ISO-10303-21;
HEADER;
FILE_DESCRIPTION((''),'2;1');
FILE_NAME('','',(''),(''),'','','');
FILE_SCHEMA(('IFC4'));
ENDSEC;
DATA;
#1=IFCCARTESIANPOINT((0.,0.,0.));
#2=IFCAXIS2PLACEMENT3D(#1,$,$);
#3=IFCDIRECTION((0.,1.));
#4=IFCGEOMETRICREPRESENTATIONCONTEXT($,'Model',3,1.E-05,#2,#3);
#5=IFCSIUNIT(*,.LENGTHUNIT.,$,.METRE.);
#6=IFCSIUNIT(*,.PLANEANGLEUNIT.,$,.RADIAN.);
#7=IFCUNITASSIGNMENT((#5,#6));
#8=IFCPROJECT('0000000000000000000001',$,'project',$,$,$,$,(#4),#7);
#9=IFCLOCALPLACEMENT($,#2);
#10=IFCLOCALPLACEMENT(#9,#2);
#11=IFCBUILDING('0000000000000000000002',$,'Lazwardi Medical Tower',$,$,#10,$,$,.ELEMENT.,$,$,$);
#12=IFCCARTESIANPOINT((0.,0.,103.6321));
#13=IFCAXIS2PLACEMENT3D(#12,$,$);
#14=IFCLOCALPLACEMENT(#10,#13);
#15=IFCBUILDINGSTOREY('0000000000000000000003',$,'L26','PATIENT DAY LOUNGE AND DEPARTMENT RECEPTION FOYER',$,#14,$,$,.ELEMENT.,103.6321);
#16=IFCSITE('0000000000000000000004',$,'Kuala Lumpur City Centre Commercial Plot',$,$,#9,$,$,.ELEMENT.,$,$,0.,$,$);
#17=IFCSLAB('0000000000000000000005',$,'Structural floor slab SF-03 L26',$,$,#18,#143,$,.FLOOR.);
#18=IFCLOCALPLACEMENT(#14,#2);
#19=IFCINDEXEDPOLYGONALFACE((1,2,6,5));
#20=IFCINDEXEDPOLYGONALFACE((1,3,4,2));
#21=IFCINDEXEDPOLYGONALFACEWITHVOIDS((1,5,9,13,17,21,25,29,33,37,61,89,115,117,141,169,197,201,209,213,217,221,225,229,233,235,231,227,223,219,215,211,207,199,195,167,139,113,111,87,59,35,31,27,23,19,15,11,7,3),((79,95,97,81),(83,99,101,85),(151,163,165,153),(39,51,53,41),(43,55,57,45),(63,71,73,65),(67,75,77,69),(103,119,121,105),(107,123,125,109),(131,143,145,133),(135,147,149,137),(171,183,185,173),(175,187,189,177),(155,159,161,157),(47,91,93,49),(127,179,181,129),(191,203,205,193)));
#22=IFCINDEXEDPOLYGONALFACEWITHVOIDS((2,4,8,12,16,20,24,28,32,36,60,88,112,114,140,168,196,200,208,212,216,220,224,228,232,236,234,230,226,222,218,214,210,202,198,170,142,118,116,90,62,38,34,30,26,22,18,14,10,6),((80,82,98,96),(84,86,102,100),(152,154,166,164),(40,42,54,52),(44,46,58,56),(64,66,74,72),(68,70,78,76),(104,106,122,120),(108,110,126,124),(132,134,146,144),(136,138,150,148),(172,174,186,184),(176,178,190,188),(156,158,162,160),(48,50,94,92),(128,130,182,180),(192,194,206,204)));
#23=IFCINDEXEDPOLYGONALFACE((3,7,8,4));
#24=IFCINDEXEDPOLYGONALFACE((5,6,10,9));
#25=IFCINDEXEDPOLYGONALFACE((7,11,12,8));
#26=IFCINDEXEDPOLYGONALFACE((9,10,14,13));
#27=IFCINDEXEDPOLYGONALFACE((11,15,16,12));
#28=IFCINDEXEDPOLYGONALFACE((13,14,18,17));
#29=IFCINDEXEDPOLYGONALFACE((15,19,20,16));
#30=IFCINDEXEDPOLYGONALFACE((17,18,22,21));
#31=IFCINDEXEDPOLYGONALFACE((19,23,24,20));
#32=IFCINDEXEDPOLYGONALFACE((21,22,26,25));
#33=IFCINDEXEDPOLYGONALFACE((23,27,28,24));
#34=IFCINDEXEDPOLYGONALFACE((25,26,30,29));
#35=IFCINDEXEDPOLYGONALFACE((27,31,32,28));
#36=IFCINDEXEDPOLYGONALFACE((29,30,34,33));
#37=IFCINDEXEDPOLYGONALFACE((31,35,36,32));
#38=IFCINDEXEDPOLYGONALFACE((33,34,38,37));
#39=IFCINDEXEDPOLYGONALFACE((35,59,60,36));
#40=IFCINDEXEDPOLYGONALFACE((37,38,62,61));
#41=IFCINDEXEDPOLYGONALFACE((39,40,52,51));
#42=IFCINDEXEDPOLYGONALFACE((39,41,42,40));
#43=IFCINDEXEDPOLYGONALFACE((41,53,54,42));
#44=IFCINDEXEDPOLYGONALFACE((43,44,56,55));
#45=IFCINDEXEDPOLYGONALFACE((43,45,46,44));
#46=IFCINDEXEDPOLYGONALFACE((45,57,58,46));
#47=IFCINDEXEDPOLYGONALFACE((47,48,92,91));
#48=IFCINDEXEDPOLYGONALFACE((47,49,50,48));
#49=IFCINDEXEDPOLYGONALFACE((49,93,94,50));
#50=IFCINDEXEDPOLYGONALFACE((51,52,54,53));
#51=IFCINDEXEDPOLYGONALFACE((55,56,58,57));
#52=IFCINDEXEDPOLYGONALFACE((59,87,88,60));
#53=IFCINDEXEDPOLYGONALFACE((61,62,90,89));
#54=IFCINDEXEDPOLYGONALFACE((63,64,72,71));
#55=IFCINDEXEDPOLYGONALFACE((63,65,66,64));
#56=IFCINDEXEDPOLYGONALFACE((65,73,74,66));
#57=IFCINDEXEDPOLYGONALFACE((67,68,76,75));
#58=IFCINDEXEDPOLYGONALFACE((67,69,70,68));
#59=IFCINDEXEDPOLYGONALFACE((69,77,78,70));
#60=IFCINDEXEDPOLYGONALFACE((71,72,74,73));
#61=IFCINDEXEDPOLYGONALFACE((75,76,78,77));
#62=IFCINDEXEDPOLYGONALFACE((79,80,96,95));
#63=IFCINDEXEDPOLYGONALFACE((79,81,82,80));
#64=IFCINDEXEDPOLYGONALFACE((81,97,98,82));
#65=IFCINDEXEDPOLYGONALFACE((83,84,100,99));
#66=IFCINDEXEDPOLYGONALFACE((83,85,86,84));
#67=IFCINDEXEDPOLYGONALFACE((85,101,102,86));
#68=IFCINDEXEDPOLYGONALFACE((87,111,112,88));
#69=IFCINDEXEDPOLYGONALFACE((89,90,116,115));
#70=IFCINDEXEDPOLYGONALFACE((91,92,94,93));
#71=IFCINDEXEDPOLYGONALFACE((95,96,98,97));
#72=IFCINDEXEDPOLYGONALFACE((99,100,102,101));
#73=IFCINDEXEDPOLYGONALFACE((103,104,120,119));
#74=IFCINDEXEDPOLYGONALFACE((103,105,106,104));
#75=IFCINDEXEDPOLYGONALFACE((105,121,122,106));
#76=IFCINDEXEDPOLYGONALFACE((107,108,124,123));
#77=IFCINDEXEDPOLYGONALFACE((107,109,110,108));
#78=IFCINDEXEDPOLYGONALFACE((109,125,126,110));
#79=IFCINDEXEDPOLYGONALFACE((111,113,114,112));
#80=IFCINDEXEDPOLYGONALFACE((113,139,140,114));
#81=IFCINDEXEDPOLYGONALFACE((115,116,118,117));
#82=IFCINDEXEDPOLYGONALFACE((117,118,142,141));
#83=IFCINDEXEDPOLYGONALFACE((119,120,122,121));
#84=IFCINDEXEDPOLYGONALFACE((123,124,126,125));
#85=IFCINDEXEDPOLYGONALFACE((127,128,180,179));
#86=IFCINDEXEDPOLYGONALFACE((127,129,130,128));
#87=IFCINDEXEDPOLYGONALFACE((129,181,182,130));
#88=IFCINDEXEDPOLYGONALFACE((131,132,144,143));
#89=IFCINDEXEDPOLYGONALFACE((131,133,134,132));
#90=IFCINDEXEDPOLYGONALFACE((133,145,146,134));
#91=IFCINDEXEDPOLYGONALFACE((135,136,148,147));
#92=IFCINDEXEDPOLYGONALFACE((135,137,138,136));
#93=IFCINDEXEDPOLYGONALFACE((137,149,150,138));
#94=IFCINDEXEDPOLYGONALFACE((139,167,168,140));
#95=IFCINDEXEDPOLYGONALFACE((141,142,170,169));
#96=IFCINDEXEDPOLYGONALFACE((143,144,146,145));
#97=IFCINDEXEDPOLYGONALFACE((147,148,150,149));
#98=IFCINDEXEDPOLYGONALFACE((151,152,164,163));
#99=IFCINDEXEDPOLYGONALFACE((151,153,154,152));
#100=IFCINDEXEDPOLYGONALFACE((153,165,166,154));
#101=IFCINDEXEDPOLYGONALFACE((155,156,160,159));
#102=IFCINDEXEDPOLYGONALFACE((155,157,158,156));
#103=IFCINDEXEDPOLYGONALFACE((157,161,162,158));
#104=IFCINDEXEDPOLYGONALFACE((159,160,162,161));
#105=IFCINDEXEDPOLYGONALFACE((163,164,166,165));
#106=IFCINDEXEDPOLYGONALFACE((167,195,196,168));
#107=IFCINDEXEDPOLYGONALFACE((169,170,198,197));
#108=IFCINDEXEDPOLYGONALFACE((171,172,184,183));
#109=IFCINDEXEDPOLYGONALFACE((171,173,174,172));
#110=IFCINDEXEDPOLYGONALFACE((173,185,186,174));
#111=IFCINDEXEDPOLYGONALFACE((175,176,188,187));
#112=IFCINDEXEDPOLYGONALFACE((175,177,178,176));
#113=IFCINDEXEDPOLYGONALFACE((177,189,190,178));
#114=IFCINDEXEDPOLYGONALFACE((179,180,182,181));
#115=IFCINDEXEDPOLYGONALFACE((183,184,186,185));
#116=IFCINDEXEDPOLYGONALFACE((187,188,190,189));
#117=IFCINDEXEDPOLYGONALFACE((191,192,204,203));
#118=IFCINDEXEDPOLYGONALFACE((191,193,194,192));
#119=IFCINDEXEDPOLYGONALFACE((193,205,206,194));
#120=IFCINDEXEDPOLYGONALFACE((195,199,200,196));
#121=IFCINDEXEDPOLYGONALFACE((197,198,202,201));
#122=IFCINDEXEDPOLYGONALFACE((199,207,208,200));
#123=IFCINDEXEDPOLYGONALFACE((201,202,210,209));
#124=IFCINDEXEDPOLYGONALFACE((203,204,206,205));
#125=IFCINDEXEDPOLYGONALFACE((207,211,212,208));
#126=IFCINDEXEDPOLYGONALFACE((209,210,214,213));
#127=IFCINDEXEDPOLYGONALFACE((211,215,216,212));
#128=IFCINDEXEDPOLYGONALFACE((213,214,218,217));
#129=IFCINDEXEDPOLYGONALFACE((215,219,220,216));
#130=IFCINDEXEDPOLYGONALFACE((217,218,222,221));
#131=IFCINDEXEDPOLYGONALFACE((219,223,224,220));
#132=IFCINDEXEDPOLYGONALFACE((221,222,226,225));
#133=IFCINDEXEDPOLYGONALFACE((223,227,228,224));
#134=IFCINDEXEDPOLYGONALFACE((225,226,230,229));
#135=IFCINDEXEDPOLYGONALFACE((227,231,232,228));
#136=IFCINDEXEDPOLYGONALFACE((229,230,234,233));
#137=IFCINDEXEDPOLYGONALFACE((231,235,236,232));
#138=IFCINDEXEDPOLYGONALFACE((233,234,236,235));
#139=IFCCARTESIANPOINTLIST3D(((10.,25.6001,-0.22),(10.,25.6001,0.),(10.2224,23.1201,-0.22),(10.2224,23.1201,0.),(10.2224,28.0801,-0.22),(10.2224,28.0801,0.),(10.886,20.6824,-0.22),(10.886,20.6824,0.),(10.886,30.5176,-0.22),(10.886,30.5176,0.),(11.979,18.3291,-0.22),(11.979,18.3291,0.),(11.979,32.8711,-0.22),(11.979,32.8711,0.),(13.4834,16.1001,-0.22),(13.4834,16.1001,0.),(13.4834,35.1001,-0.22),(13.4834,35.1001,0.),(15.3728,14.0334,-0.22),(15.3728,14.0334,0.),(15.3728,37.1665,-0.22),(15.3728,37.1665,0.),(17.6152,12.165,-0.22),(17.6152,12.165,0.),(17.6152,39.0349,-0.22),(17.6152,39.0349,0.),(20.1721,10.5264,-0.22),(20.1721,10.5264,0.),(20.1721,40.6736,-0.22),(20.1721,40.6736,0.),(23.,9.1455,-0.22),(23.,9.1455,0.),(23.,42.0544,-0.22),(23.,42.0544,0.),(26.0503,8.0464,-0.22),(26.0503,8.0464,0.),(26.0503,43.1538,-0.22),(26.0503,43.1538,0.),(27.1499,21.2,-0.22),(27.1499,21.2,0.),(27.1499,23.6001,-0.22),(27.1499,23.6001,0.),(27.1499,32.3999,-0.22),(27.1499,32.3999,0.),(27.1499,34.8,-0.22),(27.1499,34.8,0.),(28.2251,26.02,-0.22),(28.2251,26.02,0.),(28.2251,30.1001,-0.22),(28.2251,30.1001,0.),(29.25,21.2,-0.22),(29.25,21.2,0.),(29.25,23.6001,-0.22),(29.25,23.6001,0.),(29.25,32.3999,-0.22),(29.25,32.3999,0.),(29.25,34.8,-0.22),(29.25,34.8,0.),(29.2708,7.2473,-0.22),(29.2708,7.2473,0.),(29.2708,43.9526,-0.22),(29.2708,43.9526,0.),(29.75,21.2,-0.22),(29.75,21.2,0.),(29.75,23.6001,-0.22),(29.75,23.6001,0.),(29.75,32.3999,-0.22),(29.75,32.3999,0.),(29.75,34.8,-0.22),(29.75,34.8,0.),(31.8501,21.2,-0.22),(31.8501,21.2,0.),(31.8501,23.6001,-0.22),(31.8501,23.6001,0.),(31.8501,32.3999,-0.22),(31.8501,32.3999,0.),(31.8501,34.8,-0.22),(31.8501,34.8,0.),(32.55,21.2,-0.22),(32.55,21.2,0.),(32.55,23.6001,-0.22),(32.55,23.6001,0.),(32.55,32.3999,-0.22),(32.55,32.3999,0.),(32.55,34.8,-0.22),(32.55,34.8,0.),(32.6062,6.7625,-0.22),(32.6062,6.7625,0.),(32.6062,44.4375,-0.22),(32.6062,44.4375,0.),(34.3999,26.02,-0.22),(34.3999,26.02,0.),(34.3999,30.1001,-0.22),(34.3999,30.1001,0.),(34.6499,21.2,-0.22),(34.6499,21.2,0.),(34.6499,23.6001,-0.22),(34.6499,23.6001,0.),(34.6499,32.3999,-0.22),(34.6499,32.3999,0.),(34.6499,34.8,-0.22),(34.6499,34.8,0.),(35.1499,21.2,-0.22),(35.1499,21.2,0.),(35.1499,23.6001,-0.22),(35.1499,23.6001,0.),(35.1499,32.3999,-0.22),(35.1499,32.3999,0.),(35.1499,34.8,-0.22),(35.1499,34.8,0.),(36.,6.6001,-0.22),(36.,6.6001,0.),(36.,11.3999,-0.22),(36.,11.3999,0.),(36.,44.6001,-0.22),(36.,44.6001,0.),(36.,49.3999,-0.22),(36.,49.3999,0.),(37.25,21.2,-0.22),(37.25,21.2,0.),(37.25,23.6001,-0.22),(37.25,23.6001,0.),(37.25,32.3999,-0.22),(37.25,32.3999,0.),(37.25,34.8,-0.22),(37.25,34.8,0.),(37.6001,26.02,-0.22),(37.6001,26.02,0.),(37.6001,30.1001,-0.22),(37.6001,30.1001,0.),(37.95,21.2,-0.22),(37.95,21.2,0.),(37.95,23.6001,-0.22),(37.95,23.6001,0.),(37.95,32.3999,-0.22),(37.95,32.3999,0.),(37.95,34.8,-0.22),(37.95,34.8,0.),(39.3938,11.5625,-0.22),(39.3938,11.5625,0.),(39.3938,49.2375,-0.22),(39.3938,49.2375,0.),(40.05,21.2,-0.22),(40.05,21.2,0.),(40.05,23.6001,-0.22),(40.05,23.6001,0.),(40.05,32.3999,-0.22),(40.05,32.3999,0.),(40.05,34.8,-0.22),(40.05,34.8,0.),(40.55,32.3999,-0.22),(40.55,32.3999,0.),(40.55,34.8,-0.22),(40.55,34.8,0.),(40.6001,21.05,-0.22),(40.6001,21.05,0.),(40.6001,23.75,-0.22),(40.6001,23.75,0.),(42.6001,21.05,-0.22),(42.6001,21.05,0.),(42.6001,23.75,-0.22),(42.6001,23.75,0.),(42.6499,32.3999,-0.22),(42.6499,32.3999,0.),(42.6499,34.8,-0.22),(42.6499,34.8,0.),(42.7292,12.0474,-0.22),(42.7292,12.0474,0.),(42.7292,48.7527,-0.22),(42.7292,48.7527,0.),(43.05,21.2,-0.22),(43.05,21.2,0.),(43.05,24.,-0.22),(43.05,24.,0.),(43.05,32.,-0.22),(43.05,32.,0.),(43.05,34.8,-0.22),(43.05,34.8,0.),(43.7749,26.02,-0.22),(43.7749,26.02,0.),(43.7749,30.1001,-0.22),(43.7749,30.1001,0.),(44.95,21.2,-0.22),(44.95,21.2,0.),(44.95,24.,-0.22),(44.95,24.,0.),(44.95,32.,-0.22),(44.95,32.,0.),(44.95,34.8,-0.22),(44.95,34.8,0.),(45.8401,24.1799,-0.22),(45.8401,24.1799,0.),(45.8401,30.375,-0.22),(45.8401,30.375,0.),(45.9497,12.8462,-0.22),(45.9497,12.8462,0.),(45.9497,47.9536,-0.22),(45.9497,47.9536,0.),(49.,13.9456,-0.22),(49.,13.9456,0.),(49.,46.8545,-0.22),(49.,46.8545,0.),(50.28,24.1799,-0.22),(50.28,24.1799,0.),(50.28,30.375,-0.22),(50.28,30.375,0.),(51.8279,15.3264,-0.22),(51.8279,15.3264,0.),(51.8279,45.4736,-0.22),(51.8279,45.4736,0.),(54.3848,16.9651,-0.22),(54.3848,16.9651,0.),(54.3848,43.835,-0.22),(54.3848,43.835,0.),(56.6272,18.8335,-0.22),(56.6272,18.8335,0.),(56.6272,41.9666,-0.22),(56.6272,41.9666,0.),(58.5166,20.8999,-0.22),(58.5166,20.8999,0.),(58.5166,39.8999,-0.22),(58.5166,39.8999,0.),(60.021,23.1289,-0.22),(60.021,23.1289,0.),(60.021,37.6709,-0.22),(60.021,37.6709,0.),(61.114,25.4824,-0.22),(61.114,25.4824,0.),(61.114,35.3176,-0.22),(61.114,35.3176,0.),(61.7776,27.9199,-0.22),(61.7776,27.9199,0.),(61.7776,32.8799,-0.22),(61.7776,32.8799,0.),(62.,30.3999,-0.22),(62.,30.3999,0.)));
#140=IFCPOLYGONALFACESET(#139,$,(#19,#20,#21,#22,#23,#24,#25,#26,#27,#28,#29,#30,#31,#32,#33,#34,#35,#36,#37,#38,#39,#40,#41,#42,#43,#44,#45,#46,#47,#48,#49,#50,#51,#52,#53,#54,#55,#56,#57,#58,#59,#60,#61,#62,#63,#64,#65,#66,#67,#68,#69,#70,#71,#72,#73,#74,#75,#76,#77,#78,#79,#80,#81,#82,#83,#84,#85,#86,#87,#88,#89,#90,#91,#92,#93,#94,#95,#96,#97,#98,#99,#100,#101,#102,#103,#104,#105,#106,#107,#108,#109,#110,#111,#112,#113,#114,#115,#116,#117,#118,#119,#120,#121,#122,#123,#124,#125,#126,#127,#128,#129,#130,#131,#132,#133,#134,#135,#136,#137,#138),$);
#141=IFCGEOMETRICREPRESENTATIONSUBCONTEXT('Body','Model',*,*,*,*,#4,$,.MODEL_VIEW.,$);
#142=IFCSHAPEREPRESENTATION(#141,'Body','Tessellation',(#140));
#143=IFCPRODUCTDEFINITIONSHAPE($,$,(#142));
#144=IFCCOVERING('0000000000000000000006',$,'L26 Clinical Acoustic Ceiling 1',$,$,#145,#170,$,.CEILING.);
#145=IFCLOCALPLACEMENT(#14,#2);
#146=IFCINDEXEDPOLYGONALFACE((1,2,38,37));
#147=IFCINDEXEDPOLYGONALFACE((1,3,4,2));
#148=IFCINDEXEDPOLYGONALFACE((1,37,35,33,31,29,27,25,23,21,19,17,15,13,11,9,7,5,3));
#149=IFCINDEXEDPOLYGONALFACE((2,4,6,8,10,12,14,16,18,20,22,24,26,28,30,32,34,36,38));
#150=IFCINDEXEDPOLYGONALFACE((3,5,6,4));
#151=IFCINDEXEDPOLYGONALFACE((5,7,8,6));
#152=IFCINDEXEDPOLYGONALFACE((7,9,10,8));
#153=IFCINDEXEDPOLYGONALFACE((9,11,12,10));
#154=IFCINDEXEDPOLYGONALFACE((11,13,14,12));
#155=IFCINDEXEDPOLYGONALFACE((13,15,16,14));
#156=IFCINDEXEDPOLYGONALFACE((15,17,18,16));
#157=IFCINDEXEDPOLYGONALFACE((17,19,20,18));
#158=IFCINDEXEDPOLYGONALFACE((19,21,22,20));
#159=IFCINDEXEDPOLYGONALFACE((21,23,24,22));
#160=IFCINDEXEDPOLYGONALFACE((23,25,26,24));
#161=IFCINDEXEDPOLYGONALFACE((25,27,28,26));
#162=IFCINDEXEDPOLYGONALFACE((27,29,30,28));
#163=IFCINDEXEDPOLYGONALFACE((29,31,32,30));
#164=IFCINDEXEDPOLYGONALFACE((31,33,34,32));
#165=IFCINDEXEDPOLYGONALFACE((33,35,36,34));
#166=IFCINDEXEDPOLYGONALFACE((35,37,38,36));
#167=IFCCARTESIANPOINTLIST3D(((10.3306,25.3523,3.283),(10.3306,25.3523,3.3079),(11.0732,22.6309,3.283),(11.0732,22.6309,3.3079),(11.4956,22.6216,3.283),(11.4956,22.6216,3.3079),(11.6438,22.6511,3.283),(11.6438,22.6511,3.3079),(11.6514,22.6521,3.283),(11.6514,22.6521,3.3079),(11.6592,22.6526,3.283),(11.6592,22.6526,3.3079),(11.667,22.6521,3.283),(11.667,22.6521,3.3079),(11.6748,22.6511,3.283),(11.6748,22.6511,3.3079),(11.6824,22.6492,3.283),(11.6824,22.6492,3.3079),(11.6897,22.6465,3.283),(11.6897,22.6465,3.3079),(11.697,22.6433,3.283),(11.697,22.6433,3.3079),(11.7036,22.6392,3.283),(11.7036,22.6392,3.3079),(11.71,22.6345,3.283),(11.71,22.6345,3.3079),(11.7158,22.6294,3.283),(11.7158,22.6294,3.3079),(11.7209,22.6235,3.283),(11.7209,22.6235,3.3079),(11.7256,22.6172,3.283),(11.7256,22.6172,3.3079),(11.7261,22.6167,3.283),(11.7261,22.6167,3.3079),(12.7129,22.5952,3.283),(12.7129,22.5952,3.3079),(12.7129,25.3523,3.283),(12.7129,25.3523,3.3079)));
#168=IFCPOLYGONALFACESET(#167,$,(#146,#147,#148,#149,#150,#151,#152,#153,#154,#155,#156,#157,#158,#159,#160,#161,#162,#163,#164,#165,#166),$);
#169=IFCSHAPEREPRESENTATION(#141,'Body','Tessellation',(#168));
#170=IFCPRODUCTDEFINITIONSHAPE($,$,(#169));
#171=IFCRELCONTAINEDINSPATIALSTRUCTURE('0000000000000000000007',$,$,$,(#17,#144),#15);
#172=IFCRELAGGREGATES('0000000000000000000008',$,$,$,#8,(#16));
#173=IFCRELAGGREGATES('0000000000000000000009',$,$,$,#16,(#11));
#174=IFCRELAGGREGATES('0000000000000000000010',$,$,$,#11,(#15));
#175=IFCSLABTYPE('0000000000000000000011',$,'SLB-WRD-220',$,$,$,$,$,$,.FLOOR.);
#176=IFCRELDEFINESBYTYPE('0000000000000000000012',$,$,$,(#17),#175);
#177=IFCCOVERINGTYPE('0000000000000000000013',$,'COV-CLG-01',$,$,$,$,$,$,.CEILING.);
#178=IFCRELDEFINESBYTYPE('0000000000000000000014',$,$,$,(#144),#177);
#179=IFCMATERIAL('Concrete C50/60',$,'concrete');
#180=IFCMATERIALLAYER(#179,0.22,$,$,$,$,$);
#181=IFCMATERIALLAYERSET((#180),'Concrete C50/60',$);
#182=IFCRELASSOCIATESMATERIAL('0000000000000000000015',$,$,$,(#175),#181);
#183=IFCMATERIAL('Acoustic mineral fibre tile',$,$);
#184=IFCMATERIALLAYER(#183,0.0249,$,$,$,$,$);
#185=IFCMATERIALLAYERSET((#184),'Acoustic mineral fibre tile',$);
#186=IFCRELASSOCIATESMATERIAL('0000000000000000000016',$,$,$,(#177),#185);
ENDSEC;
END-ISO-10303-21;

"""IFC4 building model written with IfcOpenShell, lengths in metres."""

from ifc_helpers import new_model, si_unit, direction, frame, origin, place, context, subcontext, project, spatial, polyline, outline, extrude, material, layer, layer_set, type_object, element, save


model = new_model("IFC4")

# Units and contexts
model_context = context("Model", 3, precision=1e-05, world=origin(), true_north=direction((0.0, 1.0)))
body_context = subcontext(model_context, "Body", "Model", "MODEL_VIEW")
ifc_project = project(units=[si_unit("LENGTHUNIT", "METRE"), si_unit("PLANEANGLEUNIT", "RADIAN")], contexts=[model_context])

# Site, building, storey
site_placement = place(None, origin())
site = spatial("IfcSite", under=ifc_project, at=site_placement, Name="Kuala Lumpur City Centre Commercial Plot", CompositionType="ELEMENT", RefElevation=0.0)
building_placement = place(site_placement, origin())
building = spatial("IfcBuilding", under=site, at=building_placement, Name="Lazwardi Medical Tower", CompositionType="ELEMENT")
storey_placement = place(building_placement, frame((0.0, 0.0, 103.6321)))
storey = spatial("IfcBuildingStorey", under=building, at=storey_placement, Name="L26", Description="PATIENT DAY LOUNGE AND DEPARTMENT RECEPTION FOYER", CompositionType="ELEMENT", Elevation=103.6321)

# Slab
ifc_material_1 = material(Name="Concrete C50/60", Category="concrete")
ifc_layer_1 = layer(ifc_material_1, 0.22)
ifc_layer_set_1 = layer_set([ifc_layer_1], Name="Concrete C50/60")
slab_type_1 = type_object("IfcSlabType", Name="SLB-WRD-220", PredefinedType="FLOOR", material=ifc_layer_set_1)
slab_1_placement = place(storey_placement, frame((0.0, 0.0, -0.22)))
element("IfcSlab", 1, at=slab_1_placement, inside=storey, type_object=slab_type_1, Name="Structural floor slab SF-03 L26", PredefinedType="FLOOR", context=body_context, shape_type="SweptSolid", body=[
    extrude(outline(polyline([(11.979, 32.8711), (10.886, 30.5176), (10.2224, 28.0801), (10.0, 25.6001), (10.2224, 23.1201), (10.886, 20.6824), (11.979, 18.3291), (13.4834, 16.1001), (15.3728, 14.0334), (17.6152, 12.165), (20.1721, 10.5264), (23.0, 9.1455), (26.0503, 8.0464), (29.2708, 7.2473), (32.6062, 6.7625), (36.0, 6.6001), (36.0, 11.3999), (39.3938, 11.5625), (42.7292, 12.0474), (45.9497, 12.8462), (49.0, 13.9456), (51.8279, 15.3264), (54.3848, 16.9651), (56.6272, 18.8335), (58.5166, 20.8999), (60.021, 23.1289), (61.114, 25.4824), (61.7776, 27.9199), (62.0, 30.3999), (61.7776, 32.8799), (61.114, 35.3176), (60.021, 37.6709), (58.5166, 39.8999), (56.6272, 41.9666), (54.3848, 43.835), (51.8279, 45.4736), (49.0, 46.8545), (45.9497, 47.9536), (42.7292, 48.7527), (39.3938, 49.2375), (36.0, 49.3999), (36.0, 44.6001), (32.6062, 44.4375), (29.2708, 43.9526), (26.0503, 43.1538), (23.0, 42.0544), (20.1721, 40.6736), (17.6152, 39.0349), (15.3728, 37.1665), (13.4834, 35.1001), (11.979, 32.8711)]), holes=[polyline([(28.2251, 26.02), (28.2251, 30.1001), (34.3999, 30.1001), (34.3999, 26.02), (28.2251, 26.02)]), polyline([(37.6001, 30.1001), (43.7749, 30.1001), (43.7749, 26.02), (37.6001, 26.02), (37.6001, 30.1001)]), polyline([(50.28, 30.375), (50.28, 24.1799), (45.8401, 24.1799), (45.8401, 30.375), (50.28, 30.375)]), polyline([(29.25, 32.3999), (27.1499, 32.3999), (27.1499, 34.8), (29.25, 34.8), (29.25, 32.3999)]), polyline([(29.75, 32.3999), (29.75, 34.8), (31.8501, 34.8), (31.8501, 32.3999), (29.75, 32.3999)]), polyline([(27.1499, 23.6001), (29.25, 23.6001), (29.25, 21.2), (27.1499, 21.2), (27.1499, 23.6001)]), polyline([(31.8501, 23.6001), (31.8501, 21.2), (29.75, 21.2), (29.75, 23.6001), (31.8501, 23.6001)]), polyline([(34.6499, 32.3999), (32.55, 32.3999), (32.55, 34.8), (34.6499, 34.8), (34.6499, 32.3999)]), polyline([(35.1499, 32.3999), (35.1499, 34.8), (37.25, 34.8), (37.25, 32.3999), (35.1499, 32.3999)]), polyline([(32.55, 23.6001), (34.6499, 23.6001), (34.6499, 21.2), (32.55, 21.2), (32.55, 23.6001)]), polyline([(37.25, 23.6001), (37.25, 21.2), (35.1499, 21.2), (35.1499, 23.6001), (37.25, 23.6001)]), polyline([(40.05, 32.3999), (37.95, 32.3999), (37.95, 34.8), (40.05, 34.8), (40.05, 32.3999)]), polyline([(40.55, 32.3999), (40.55, 34.8), (42.6499, 34.8), (42.6499, 32.3999), (40.55, 32.3999)]), polyline([(37.95, 23.6001), (40.05, 23.6001), (40.05, 21.2), (37.95, 21.2), (37.95, 23.6001)]), polyline([(44.95, 34.8), (44.95, 32.0), (43.05, 32.0), (43.05, 34.8), (44.95, 34.8)]), polyline([(44.95, 21.2), (43.05, 21.2), (43.05, 24.0), (44.95, 24.0), (44.95, 21.2)]), polyline([(40.6001, 21.05), (40.6001, 23.75), (42.6001, 23.75), (42.6001, 21.05), (40.6001, 21.05)])]), origin(), (0.0, 0.0, 1.0), 0.22),
])

# Covering
ifc_material_2 = material(Name="Acoustic mineral fibre tile")
ifc_layer_2 = layer(ifc_material_2, 0.0249)
ifc_layer_set_2 = layer_set([ifc_layer_2], Name="Acoustic mineral fibre tile")
covering_type_1 = type_object("IfcCoveringType", Name="COV-CLG-01", PredefinedType="CEILING", material=ifc_layer_set_2)
covering_1_placement = place(storey_placement, frame((0.0, 0.0, 3.283)))
element("IfcCovering", 2, at=covering_1_placement, inside=storey, type_object=covering_type_1, Name="L26 Clinical Acoustic Ceiling 1", PredefinedType="CEILING", context=body_context, shape_type="SweptSolid", body=[
    extrude(outline(polyline([(10.3306, 25.3523), (11.0732, 22.6309), (11.4956, 22.6216), (11.6438, 22.6511), (11.6514, 22.6521), (11.6592, 22.6526), (11.667, 22.6521), (11.6748, 22.6511), (11.6824, 22.6492), (11.6897, 22.6465), (11.697, 22.6433), (11.7036, 22.6392), (11.71, 22.6345), (11.7158, 22.6294), (11.7209, 22.6235), (11.7256, 22.6172), (11.7261, 22.6167), (12.7129, 22.5952), (12.7129, 25.3523), (10.3306, 25.3523)])), origin(), (0.0, 0.0, 1.0), 0.0249),
])

save(model, "model.ifc")
